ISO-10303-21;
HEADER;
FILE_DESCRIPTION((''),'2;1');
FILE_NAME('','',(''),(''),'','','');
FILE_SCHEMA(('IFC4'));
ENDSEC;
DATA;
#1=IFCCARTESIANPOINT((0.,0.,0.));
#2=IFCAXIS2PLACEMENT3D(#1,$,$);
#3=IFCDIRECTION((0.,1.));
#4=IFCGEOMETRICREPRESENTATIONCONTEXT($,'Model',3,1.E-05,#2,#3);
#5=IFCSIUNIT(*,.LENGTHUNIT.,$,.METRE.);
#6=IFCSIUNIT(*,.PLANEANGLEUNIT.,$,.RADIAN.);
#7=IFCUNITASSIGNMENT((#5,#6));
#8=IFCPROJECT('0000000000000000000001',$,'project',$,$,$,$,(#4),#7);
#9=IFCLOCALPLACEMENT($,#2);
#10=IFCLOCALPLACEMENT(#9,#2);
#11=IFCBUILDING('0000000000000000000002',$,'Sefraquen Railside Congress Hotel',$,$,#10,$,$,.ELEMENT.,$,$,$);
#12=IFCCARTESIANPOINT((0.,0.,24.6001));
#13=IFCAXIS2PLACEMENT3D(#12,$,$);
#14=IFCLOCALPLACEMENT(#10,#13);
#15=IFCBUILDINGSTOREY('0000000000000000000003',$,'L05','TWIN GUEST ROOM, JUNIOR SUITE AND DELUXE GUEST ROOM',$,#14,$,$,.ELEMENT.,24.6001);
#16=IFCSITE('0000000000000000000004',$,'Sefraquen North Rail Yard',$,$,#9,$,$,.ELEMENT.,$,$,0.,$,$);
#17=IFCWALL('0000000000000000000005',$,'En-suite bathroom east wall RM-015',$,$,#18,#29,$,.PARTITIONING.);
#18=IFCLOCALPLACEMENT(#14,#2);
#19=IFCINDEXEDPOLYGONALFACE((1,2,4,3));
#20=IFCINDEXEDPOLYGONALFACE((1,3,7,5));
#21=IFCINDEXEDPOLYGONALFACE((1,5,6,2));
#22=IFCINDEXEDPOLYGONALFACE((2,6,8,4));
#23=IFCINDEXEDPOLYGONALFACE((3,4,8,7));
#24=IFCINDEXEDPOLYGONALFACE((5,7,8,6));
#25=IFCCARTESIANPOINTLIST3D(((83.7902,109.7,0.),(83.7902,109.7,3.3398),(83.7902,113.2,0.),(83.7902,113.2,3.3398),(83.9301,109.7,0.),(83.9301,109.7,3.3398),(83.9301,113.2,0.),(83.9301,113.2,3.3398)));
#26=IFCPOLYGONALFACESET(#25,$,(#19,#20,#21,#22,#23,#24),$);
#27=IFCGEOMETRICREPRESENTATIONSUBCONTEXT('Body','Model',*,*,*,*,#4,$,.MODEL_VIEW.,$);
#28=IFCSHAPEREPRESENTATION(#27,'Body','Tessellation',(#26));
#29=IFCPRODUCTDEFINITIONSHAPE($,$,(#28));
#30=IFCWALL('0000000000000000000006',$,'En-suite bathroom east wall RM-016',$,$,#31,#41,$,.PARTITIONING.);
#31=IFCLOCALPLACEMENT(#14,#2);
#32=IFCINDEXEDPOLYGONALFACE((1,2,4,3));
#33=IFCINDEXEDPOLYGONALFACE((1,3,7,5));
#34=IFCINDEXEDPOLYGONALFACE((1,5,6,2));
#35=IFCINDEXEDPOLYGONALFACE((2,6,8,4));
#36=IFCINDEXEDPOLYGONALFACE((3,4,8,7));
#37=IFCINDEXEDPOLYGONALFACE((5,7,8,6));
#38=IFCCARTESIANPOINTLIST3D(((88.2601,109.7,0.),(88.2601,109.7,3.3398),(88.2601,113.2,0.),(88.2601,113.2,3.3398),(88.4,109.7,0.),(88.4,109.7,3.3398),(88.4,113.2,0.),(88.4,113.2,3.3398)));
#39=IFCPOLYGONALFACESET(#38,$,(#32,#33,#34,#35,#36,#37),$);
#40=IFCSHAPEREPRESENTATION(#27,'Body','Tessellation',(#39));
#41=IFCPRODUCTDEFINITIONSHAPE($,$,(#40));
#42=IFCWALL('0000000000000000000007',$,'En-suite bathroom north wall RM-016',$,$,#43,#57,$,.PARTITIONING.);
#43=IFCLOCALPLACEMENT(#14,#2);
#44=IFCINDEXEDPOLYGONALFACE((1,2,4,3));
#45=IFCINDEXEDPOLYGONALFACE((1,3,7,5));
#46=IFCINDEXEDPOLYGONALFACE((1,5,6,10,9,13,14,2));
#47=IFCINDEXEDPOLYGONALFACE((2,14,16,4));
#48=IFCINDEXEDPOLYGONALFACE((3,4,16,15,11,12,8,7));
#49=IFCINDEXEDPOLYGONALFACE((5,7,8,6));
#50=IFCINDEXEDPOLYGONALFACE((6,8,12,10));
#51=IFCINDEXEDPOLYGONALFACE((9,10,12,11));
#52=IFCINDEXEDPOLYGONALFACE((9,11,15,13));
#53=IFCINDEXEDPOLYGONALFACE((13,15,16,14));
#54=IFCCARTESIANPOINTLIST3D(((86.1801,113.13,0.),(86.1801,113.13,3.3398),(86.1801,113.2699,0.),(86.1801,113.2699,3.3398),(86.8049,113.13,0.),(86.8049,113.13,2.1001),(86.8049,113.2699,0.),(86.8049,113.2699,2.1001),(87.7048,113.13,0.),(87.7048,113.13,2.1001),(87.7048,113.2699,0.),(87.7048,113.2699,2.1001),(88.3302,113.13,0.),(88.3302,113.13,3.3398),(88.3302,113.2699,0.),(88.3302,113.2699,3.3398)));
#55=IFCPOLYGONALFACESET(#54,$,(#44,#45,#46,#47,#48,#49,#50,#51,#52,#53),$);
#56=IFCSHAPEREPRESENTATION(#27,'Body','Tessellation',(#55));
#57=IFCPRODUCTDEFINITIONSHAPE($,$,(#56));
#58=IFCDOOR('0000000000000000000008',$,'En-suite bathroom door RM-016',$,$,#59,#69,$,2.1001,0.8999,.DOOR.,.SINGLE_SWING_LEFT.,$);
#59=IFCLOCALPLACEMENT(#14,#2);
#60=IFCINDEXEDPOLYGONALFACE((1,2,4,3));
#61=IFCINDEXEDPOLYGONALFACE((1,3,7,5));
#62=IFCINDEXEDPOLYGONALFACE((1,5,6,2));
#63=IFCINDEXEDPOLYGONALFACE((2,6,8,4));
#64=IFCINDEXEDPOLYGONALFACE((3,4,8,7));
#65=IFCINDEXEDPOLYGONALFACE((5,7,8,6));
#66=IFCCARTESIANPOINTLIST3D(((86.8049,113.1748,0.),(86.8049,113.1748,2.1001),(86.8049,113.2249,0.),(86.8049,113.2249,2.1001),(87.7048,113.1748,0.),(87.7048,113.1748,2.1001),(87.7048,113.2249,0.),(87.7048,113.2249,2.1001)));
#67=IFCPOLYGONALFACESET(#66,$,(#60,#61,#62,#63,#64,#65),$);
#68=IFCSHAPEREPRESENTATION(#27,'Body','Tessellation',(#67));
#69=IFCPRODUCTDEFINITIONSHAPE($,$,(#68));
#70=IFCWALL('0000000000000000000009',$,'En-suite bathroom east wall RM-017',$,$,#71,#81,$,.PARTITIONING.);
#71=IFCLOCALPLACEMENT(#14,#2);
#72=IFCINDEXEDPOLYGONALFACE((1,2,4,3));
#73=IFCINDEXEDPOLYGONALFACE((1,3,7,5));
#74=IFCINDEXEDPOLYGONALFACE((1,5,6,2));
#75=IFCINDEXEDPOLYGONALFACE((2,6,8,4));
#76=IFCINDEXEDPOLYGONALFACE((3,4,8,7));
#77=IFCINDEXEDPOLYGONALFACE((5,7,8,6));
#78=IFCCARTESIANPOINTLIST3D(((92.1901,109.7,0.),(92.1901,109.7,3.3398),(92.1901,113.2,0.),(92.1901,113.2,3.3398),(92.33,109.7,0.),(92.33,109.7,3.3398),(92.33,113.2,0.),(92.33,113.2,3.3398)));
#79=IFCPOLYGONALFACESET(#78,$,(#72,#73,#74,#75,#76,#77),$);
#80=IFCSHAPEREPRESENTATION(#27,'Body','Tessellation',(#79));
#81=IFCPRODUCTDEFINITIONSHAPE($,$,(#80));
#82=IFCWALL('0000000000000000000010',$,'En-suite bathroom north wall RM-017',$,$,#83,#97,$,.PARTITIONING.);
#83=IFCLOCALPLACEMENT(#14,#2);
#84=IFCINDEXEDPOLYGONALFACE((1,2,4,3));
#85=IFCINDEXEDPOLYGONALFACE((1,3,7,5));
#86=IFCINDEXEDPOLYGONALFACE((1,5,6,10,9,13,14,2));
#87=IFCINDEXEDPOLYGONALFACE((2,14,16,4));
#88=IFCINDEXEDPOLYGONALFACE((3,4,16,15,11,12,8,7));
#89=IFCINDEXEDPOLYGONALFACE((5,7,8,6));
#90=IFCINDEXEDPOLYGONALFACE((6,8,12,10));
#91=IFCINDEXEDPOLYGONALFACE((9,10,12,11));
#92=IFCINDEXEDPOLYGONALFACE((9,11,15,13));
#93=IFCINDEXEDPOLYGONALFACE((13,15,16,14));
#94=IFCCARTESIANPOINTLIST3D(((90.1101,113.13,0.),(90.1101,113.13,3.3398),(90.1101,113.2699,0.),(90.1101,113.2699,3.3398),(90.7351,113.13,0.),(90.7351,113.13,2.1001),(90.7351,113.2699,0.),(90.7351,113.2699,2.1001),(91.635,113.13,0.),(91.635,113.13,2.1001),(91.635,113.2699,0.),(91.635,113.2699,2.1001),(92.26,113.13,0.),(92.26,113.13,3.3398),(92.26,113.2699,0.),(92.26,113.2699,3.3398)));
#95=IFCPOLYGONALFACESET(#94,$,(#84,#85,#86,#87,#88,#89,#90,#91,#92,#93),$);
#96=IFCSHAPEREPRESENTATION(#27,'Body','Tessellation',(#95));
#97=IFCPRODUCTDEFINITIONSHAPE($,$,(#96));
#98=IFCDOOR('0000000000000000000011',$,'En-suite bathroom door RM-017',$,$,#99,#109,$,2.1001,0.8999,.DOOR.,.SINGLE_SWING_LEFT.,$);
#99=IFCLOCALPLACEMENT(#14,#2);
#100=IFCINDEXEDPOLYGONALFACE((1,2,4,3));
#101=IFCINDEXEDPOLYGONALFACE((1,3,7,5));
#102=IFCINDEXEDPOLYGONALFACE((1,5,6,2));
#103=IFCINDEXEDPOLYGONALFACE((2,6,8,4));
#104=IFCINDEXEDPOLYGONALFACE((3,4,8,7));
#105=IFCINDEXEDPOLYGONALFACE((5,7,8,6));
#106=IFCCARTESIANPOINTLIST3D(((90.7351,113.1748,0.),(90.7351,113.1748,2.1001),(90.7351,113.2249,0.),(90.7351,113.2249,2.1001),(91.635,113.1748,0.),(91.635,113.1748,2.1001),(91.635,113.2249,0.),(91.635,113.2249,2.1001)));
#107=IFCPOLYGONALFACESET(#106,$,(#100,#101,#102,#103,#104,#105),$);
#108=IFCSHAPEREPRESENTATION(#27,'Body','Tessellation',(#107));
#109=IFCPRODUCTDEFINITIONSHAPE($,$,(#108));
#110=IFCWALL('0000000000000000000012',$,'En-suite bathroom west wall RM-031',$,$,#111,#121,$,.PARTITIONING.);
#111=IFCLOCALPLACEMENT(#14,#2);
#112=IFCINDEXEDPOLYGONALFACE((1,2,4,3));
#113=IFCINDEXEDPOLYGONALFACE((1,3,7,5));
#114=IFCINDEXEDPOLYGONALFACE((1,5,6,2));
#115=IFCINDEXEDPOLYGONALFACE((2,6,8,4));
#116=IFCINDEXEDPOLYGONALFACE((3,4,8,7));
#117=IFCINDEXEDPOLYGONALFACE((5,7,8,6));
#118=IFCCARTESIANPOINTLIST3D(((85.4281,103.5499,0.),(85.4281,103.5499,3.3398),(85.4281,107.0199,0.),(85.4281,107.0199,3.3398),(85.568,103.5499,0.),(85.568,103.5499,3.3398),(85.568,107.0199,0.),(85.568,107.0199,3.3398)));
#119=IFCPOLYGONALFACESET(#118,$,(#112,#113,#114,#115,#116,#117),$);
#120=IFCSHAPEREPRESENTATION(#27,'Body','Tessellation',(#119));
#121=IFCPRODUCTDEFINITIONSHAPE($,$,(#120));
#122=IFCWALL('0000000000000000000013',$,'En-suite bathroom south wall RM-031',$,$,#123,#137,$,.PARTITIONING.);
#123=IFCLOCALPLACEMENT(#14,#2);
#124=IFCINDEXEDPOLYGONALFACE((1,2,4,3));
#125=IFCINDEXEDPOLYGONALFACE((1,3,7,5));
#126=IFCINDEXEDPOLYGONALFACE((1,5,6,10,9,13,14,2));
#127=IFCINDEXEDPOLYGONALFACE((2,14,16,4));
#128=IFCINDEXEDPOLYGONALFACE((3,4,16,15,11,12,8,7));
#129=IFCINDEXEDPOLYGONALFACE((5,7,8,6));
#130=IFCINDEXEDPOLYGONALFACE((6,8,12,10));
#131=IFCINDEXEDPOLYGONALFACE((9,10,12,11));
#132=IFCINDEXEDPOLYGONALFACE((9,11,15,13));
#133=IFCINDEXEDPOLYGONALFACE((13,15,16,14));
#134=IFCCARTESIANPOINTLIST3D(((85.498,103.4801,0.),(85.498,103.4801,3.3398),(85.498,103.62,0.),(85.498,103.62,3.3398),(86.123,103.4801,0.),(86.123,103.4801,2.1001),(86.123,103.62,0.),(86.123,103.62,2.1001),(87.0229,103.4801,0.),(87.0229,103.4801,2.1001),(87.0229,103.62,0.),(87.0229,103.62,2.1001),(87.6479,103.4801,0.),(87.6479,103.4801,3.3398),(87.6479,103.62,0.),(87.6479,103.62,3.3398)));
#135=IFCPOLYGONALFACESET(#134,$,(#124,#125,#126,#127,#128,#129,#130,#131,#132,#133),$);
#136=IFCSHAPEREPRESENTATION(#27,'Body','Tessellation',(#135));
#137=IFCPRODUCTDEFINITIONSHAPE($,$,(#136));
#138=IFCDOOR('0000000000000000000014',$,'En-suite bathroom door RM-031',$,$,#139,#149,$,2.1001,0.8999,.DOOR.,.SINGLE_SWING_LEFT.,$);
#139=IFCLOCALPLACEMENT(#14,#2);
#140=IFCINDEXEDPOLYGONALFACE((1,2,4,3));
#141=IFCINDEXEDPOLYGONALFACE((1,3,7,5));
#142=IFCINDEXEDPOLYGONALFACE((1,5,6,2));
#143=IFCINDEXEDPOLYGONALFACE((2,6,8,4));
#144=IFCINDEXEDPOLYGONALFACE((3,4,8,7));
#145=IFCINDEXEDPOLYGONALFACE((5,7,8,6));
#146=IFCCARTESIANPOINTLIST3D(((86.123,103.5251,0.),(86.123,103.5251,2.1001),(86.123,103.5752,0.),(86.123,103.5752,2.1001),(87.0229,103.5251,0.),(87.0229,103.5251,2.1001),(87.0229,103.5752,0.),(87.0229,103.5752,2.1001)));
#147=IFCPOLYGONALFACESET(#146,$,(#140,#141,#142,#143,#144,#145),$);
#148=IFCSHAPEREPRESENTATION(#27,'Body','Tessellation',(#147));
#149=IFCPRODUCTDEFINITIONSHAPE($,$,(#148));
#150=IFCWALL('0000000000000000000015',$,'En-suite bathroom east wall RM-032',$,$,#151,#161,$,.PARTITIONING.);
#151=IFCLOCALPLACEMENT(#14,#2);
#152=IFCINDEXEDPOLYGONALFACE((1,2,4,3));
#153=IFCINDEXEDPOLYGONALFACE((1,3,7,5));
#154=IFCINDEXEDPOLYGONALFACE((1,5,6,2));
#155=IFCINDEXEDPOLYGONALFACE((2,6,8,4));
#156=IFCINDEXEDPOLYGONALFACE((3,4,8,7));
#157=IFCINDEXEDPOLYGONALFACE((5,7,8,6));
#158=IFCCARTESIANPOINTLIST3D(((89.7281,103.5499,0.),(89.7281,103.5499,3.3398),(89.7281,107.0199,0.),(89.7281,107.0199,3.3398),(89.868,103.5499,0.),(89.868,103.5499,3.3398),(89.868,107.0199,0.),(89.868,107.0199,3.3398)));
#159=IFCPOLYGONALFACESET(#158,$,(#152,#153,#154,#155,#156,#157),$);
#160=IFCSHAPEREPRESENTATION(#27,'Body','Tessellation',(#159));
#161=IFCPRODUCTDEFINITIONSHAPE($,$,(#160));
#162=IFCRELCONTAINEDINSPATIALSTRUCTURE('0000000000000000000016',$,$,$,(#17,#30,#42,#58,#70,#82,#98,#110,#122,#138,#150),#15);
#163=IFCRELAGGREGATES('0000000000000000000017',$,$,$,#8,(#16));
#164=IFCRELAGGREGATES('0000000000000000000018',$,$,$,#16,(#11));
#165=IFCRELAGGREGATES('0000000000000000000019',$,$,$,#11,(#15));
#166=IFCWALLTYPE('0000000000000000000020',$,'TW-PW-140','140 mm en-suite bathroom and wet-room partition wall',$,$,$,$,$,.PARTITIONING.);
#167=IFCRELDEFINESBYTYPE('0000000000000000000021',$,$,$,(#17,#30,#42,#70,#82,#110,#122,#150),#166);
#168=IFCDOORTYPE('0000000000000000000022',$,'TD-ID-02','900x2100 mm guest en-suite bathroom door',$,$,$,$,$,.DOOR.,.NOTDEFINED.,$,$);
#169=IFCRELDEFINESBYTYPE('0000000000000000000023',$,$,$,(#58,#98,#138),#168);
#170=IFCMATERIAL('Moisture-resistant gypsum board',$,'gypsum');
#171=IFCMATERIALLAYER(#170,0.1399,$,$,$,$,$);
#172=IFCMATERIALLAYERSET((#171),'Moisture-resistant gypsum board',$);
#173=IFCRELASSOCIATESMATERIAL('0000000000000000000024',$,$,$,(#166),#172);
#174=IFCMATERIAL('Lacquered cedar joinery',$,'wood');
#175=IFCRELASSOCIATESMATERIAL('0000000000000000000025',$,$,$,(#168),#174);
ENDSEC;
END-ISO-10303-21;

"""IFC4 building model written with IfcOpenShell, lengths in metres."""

from ifc_helpers import new_model, si_unit, direction, frame, frame_2d, origin, place, context, subcontext, project, spatial, rectangle, extrude, material, layer, layer_set, type_object, element, fill, save


model = new_model("IFC4")

# Units and contexts
model_context = context("Model", 3, precision=1e-05, world=origin(), true_north=direction((0.0, 1.0)))
body_context = subcontext(model_context, "Body", "Model", "MODEL_VIEW")
ifc_project = project(units=[si_unit("LENGTHUNIT", "METRE"), si_unit("PLANEANGLEUNIT", "RADIAN")], contexts=[model_context])

# Site, building, storey
site_placement = place(None, origin())
site = spatial("IfcSite", under=ifc_project, at=site_placement, Name="Sefraquen North Rail Yard", CompositionType="ELEMENT", RefElevation=0.0)
building_placement = place(site_placement, origin())
building = spatial("IfcBuilding", under=site, at=building_placement, Name="Sefraquen Railside Congress Hotel", CompositionType="ELEMENT")
storey_placement = place(building_placement, frame((0.0, 0.0, 24.6001)))
storey = spatial("IfcBuildingStorey", under=building, at=storey_placement, Name="L05", Description="TWIN GUEST ROOM, JUNIOR SUITE AND DELUXE GUEST ROOM", CompositionType="ELEMENT", Elevation=24.6001)

# Walls
ifc_material_1 = material(Name="Moisture-resistant gypsum board", Category="gypsum")
ifc_layer_1 = layer(ifc_material_1, 0.1399)
ifc_layer_set_1 = layer_set([ifc_layer_1], Name="Moisture-resistant gypsum board")
wall_type_1 = type_object("IfcWallType", Name="TW-PW-140", Description="140 mm en-suite bathroom and wet-room partition wall", PredefinedType="PARTITIONING", material=ifc_layer_set_1)
for number, where, z_axis, x_axis, name in (
    (1, (83.8601, 109.7, 0.0), (0.0, 0.0, 1.0), (0.0, 1.0, 0.0), "En-suite bathroom east wall RM-015"),
    (2, (88.3301, 109.7, 0.0), (0.0, 0.0, 1.0), (0.0, 1.0, 0.0), "En-suite bathroom east wall RM-016"),
):
    element("IfcWall", number, at=place(storey_placement, frame(where, z_axis=z_axis, x_axis=x_axis)), inside=storey, type_object=wall_type_1, Name=name, PredefinedType="PARTITIONING", context=body_context, shape_type="SweptSolid", body=[
        extrude(rectangle(XDim=3.5, YDim=0.1399, at=frame_2d((1.75, 0.0))), origin(), (0.0, 0.0, 1.0), 3.3398),
    ])

# Wall, opening, door
wall_1_placement = place(storey_placement, frame((86.1799, 113.2, 0.0), z_axis=(0.0, 0.0, 1.0), x_axis=(1.0, 0.0, 0.0)))
wall_1 = element("IfcWall", 3, at=wall_1_placement, inside=storey, type_object=wall_type_1, Name="En-suite bathroom north wall RM-016", PredefinedType="PARTITIONING", context=body_context, shape_type="SweptSolid", body=[
    extrude(rectangle(XDim=2.1501, YDim=0.1399, at=frame_2d((1.0752, 0.0))), origin(), (0.0, 0.0, 1.0), 3.3398),
])
opening_1_placement = place(wall_1_placement, frame((0.625, 0.0, 0.0)))
opening_1 = element("IfcOpeningElement", 4, at=opening_1_placement, cuts=wall_1, PredefinedType="OPENING", context=body_context, shape_type="SweptSolid", body=[
    extrude(rectangle(XDim=0.8999, YDim=2.1001, at=frame_2d((0.45, 1.05))), frame((0.0, 0.0798, 0.0), z_axis=(0.0, -1.0, 0.0), x_axis=(1.0, 0.0, 0.0)), (0.0, 0.0, 1.0), 0.1599),
])
ifc_material_2 = material(Name="Lacquered cedar joinery", Category="wood")
door_type = type_object("IfcDoorType", Name="TD-ID-02", Description="900x2100 mm guest en-suite bathroom door", OperationType="NOTDEFINED", PredefinedType="DOOR", material=ifc_material_2)
door_1_placement = place(opening_1_placement, origin())
door_1 = element("IfcDoor", 5, at=door_1_placement, inside=storey, type_object=door_type, Name="En-suite bathroom door RM-016", OperationType="SINGLE_SWING_LEFT", OverallHeight=2.1001, OverallWidth=0.8999, PredefinedType="DOOR", context=body_context, shape_type="SweptSolid", body=[
    extrude(rectangle(XDim=0.8999, YDim=2.1001, at=frame_2d((0.45, 1.05))), frame((0.0, 0.0249, 0.0), z_axis=(0.0, -1.0, 0.0), x_axis=(1.0, 0.0, 0.0)), (0.0, 0.0, 1.0), 0.05),
])
fill(opening_1, door_1)

# Wall
wall_2_placement = place(storey_placement, frame((92.26, 109.7, 0.0), z_axis=(0.0, 0.0, 1.0), x_axis=(0.0, 1.0, 0.0)))
element("IfcWall", 6, at=wall_2_placement, inside=storey, type_object=wall_type_1, Name="En-suite bathroom east wall RM-017", PredefinedType="PARTITIONING", context=body_context, shape_type="SweptSolid", body=[
    extrude(rectangle(XDim=3.5, YDim=0.1399, at=frame_2d((1.75, 0.0))), origin(), (0.0, 0.0, 1.0), 3.3398),
])

# Wall, opening, door
wall_3_placement = place(storey_placement, frame((90.1101, 113.2, 0.0), z_axis=(0.0, 0.0, 1.0), x_axis=(1.0, 0.0, 0.0)))
wall_3 = element("IfcWall", 7, at=wall_3_placement, inside=storey, type_object=wall_type_1, Name="En-suite bathroom north wall RM-017", PredefinedType="PARTITIONING", context=body_context, shape_type="SweptSolid", body=[
    extrude(rectangle(XDim=2.1499, YDim=0.1399, at=frame_2d((1.075, 0.0))), origin(), (0.0, 0.0, 1.0), 3.3398),
])
opening_2_placement = place(wall_3_placement, frame((0.625, 0.0, 0.0)))
opening_2 = element("IfcOpeningElement", 8, at=opening_2_placement, cuts=wall_3, PredefinedType="OPENING", context=body_context, shape_type="SweptSolid", body=[
    extrude(rectangle(XDim=0.8999, YDim=2.1001, at=frame_2d((0.45, 1.05))), frame((0.0, 0.0798, 0.0), z_axis=(0.0, -1.0, 0.0), x_axis=(1.0, 0.0, 0.0)), (0.0, 0.0, 1.0), 0.1599),
])
door_2_placement = place(opening_2_placement, origin())
door_2 = element("IfcDoor", 9, at=door_2_placement, inside=storey, type_object=door_type, Name="En-suite bathroom door RM-017", OperationType="SINGLE_SWING_LEFT", OverallHeight=2.1001, OverallWidth=0.8999, PredefinedType="DOOR", context=body_context, shape_type="SweptSolid", body=[
    extrude(rectangle(XDim=0.8999, YDim=2.1001, at=frame_2d((0.45, 1.05))), frame((0.0, 0.0249, 0.0), z_axis=(0.0, -1.0, 0.0), x_axis=(1.0, 0.0, 0.0)), (0.0, 0.0, 1.0), 0.05),
])
fill(opening_2, door_2)

# Wall
wall_4_placement = place(storey_placement, frame((85.498, 103.55, 0.0), z_axis=(0.0, 0.0, 1.0), x_axis=(0.0, 1.0, 0.0)))
element("IfcWall", 10, at=wall_4_placement, inside=storey, type_object=wall_type_1, Name="En-suite bathroom west wall RM-031", PredefinedType="PARTITIONING", context=body_context, shape_type="SweptSolid", body=[
    extrude(rectangle(XDim=3.47, YDim=0.1399, at=frame_2d((1.7349, 0.0))), origin(), (0.0, 0.0, 1.0), 3.3398),
])

# Wall, opening, door
wall_5_placement = place(storey_placement, frame((85.498, 103.55, 0.0), z_axis=(0.0, 0.0, 1.0), x_axis=(1.0, 0.0, 0.0)))
wall_5 = element("IfcWall", 11, at=wall_5_placement, inside=storey, type_object=wall_type_1, Name="En-suite bathroom south wall RM-031", PredefinedType="PARTITIONING", context=body_context, shape_type="SweptSolid", body=[
    extrude(rectangle(XDim=2.1499, YDim=0.1399, at=frame_2d((1.075, 0.0))), origin(), (0.0, 0.0, 1.0), 3.3398),
])
opening_3_placement = place(wall_5_placement, frame((0.625, 0.0, 0.0)))
opening_3 = element("IfcOpeningElement", 12, at=opening_3_placement, cuts=wall_5, PredefinedType="OPENING", context=body_context, shape_type="SweptSolid", body=[
    extrude(rectangle(XDim=0.8999, YDim=2.1001, at=frame_2d((0.45, 1.05))), frame((0.0, 0.0798, 0.0), z_axis=(0.0, -1.0, 0.0), x_axis=(1.0, 0.0, 0.0)), (0.0, 0.0, 1.0), 0.1599),
])
door_3_placement = place(opening_3_placement, frame((0.8999, 0.0, 0.0), z_axis=(0.0, 0.0, 1.0), x_axis=(-1.0, 0.0, 0.0)))
door_3 = element("IfcDoor", 13, at=door_3_placement, inside=storey, type_object=door_type, Name="En-suite bathroom door RM-031", OperationType="SINGLE_SWING_LEFT", OverallHeight=2.1001, OverallWidth=0.8999, PredefinedType="DOOR", context=body_context, shape_type="SweptSolid", body=[
    extrude(rectangle(XDim=0.8999, YDim=2.1001, at=frame_2d((0.45, 1.05))), frame((0.0, 0.0249, 0.0), z_axis=(0.0, -1.0, 0.0), x_axis=(1.0, 0.0, 0.0)), (0.0, 0.0, 1.0), 0.05),
])
fill(opening_3, door_3)

# Wall
wall_6_placement = place(storey_placement, frame((89.7981, 103.55, 0.0), z_axis=(0.0, 0.0, 1.0), x_axis=(0.0, 1.0, 0.0)))
element("IfcWall", 14, at=wall_6_placement, inside=storey, type_object=wall_type_1, Name="En-suite bathroom east wall RM-032", PredefinedType="PARTITIONING", context=body_context, shape_type="SweptSolid", body=[
    extrude(rectangle(XDim=3.47, YDim=0.1399, at=frame_2d((1.7349, 0.0))), origin(), (0.0, 0.0, 1.0), 3.3398),
])

save(model, "model.ifc")
